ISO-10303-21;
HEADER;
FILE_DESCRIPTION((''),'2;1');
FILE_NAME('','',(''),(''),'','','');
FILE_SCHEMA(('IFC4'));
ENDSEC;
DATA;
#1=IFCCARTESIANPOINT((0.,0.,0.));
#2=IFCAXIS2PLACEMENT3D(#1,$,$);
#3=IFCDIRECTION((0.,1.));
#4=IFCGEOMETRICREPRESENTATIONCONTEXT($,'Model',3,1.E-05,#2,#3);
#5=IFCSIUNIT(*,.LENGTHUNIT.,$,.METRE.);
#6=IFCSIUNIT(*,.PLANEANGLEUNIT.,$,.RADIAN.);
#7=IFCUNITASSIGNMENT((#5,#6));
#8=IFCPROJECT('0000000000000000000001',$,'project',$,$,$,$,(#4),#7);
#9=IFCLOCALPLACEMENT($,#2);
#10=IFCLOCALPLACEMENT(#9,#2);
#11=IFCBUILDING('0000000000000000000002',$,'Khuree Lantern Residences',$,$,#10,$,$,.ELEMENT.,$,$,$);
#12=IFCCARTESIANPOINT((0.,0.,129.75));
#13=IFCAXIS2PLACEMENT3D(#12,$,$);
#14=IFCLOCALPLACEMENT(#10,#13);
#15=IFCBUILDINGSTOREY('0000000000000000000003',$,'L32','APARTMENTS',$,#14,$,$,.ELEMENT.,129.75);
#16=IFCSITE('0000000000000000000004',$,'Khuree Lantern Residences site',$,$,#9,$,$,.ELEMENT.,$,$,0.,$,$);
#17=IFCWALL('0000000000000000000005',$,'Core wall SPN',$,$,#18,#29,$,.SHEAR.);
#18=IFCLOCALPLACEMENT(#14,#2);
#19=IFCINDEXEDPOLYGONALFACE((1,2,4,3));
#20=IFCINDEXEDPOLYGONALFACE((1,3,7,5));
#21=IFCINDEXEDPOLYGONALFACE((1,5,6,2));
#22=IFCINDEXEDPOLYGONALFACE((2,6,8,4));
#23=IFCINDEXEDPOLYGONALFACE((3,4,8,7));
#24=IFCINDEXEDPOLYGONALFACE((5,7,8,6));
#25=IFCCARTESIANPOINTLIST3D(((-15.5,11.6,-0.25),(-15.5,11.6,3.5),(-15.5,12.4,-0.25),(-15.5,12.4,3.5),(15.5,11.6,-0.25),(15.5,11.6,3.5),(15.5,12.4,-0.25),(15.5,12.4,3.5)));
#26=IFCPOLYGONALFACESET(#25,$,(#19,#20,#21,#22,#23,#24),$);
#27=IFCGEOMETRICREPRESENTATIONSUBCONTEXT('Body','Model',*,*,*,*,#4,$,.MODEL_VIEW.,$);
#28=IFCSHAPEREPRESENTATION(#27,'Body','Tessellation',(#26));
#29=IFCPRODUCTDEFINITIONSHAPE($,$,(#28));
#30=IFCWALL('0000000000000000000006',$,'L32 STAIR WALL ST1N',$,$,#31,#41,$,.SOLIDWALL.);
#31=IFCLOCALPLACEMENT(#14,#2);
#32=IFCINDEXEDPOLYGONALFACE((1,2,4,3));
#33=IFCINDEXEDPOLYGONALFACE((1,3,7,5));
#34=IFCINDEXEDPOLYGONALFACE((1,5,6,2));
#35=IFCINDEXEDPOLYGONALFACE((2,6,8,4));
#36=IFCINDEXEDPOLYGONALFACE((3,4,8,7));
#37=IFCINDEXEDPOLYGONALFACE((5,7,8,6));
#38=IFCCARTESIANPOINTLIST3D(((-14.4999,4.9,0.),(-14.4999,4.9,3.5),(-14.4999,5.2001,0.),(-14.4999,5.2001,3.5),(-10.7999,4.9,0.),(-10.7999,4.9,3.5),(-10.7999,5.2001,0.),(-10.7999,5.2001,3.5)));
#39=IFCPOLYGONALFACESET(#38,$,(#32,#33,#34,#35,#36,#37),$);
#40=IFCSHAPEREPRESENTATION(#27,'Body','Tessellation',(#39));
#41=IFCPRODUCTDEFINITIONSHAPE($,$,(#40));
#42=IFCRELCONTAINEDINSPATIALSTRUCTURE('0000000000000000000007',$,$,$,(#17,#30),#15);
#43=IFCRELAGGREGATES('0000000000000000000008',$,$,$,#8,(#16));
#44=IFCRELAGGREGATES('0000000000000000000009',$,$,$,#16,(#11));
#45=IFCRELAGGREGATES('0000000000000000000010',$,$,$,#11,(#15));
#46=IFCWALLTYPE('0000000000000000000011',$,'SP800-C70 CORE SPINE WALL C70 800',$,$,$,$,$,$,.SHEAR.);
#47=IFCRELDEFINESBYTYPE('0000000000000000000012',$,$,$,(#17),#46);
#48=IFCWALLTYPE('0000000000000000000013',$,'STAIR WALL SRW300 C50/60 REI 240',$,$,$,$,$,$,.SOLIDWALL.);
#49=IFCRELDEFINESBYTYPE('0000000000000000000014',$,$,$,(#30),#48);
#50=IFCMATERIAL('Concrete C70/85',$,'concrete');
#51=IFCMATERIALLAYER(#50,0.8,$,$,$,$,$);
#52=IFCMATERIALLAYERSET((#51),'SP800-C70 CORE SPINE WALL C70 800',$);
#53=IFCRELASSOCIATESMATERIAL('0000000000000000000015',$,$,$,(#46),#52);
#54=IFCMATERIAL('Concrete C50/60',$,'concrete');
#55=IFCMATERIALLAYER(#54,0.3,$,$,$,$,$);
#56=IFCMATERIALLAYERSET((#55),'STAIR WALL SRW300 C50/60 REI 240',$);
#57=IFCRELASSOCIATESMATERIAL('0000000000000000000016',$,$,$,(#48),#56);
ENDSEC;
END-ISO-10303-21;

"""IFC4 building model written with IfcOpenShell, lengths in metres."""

from ifc_helpers import new_model, si_unit, direction, frame, frame_2d, origin, place, context, subcontext, project, spatial, rectangle, extrude, material, layer, layer_set, type_object, element, save


model = new_model("IFC4")

# Units and contexts
model_context = context("Model", 3, precision=1e-05, world=origin(), true_north=direction((0.0, 1.0)))
body_context = subcontext(model_context, "Body", "Model", "MODEL_VIEW")
ifc_project = project(units=[si_unit("LENGTHUNIT", "METRE"), si_unit("PLANEANGLEUNIT", "RADIAN")], contexts=[model_context])

# Site, building, storey
site_placement = place(None, origin())
site = spatial("IfcSite", under=ifc_project, at=site_placement, Name="Khuree Lantern Residences site", CompositionType="ELEMENT", RefElevation=0.0)
building_placement = place(site_placement, origin())
building = spatial("IfcBuilding", under=site, at=building_placement, Name="Khuree Lantern Residences", CompositionType="ELEMENT")
storey_placement = place(building_placement, frame((0.0, 0.0, 129.75)))
storey = spatial("IfcBuildingStorey", under=building, at=storey_placement, Name="L32", Description="APARTMENTS", CompositionType="ELEMENT", Elevation=129.75)

# Shared definitions
ifc_material_1 = material(Name="Concrete C70/85", Category="concrete")

# Walls
ifc_layer_1 = layer(ifc_material_1, 0.8)
ifc_layer_set_1 = layer_set([ifc_layer_1], Name="SP800-C70 CORE SPINE WALL C70 800")
wall_type_1 = type_object("IfcWallType", Name="SP800-C70 CORE SPINE WALL C70 800", PredefinedType="SHEAR", material=ifc_layer_set_1)
wall_1_placement = place(storey_placement, frame((-15.5, 12.0, -0.25), z_axis=(0.0, 0.0, 1.0), x_axis=(1.0, 0.0, 0.0)))
element("IfcWall", 1, at=wall_1_placement, inside=storey, type_object=wall_type_1, Name="Core wall SPN", PredefinedType="SHEAR", context=body_context, shape_type="SweptSolid", body=[
    extrude(rectangle(XDim=31.0, YDim=0.8, at=frame_2d((15.5, 0.0))), origin(), (0.0, 0.0, 1.0), 3.75),
])
ifc_material_2 = material(Name="Concrete C50/60", Category="concrete")
ifc_layer_2 = layer(ifc_material_2, 0.3)
ifc_layer_set_2 = layer_set([ifc_layer_2], Name="STAIR WALL SRW300 C50/60 REI 240")
wall_type_2 = type_object("IfcWallType", Name="STAIR WALL SRW300 C50/60 REI 240", PredefinedType="SOLIDWALL", material=ifc_layer_set_2)
wall_2_placement = place(storey_placement, frame((-14.5, 5.05, 0.0), z_axis=(0.0, 0.0, 1.0), x_axis=(1.0, 0.0, 0.0)))
element("IfcWall", 2, at=wall_2_placement, inside=storey, type_object=wall_type_2, Name="L32 STAIR WALL ST1N", PredefinedType="SOLIDWALL", context=body_context, shape_type="SweptSolid", body=[
    extrude(rectangle(XDim=3.7, YDim=0.3, at=frame_2d((1.8501, 0.0))), origin(), (0.0, 0.0, 1.0), 3.5),
])

save(model, "model.ifc")
